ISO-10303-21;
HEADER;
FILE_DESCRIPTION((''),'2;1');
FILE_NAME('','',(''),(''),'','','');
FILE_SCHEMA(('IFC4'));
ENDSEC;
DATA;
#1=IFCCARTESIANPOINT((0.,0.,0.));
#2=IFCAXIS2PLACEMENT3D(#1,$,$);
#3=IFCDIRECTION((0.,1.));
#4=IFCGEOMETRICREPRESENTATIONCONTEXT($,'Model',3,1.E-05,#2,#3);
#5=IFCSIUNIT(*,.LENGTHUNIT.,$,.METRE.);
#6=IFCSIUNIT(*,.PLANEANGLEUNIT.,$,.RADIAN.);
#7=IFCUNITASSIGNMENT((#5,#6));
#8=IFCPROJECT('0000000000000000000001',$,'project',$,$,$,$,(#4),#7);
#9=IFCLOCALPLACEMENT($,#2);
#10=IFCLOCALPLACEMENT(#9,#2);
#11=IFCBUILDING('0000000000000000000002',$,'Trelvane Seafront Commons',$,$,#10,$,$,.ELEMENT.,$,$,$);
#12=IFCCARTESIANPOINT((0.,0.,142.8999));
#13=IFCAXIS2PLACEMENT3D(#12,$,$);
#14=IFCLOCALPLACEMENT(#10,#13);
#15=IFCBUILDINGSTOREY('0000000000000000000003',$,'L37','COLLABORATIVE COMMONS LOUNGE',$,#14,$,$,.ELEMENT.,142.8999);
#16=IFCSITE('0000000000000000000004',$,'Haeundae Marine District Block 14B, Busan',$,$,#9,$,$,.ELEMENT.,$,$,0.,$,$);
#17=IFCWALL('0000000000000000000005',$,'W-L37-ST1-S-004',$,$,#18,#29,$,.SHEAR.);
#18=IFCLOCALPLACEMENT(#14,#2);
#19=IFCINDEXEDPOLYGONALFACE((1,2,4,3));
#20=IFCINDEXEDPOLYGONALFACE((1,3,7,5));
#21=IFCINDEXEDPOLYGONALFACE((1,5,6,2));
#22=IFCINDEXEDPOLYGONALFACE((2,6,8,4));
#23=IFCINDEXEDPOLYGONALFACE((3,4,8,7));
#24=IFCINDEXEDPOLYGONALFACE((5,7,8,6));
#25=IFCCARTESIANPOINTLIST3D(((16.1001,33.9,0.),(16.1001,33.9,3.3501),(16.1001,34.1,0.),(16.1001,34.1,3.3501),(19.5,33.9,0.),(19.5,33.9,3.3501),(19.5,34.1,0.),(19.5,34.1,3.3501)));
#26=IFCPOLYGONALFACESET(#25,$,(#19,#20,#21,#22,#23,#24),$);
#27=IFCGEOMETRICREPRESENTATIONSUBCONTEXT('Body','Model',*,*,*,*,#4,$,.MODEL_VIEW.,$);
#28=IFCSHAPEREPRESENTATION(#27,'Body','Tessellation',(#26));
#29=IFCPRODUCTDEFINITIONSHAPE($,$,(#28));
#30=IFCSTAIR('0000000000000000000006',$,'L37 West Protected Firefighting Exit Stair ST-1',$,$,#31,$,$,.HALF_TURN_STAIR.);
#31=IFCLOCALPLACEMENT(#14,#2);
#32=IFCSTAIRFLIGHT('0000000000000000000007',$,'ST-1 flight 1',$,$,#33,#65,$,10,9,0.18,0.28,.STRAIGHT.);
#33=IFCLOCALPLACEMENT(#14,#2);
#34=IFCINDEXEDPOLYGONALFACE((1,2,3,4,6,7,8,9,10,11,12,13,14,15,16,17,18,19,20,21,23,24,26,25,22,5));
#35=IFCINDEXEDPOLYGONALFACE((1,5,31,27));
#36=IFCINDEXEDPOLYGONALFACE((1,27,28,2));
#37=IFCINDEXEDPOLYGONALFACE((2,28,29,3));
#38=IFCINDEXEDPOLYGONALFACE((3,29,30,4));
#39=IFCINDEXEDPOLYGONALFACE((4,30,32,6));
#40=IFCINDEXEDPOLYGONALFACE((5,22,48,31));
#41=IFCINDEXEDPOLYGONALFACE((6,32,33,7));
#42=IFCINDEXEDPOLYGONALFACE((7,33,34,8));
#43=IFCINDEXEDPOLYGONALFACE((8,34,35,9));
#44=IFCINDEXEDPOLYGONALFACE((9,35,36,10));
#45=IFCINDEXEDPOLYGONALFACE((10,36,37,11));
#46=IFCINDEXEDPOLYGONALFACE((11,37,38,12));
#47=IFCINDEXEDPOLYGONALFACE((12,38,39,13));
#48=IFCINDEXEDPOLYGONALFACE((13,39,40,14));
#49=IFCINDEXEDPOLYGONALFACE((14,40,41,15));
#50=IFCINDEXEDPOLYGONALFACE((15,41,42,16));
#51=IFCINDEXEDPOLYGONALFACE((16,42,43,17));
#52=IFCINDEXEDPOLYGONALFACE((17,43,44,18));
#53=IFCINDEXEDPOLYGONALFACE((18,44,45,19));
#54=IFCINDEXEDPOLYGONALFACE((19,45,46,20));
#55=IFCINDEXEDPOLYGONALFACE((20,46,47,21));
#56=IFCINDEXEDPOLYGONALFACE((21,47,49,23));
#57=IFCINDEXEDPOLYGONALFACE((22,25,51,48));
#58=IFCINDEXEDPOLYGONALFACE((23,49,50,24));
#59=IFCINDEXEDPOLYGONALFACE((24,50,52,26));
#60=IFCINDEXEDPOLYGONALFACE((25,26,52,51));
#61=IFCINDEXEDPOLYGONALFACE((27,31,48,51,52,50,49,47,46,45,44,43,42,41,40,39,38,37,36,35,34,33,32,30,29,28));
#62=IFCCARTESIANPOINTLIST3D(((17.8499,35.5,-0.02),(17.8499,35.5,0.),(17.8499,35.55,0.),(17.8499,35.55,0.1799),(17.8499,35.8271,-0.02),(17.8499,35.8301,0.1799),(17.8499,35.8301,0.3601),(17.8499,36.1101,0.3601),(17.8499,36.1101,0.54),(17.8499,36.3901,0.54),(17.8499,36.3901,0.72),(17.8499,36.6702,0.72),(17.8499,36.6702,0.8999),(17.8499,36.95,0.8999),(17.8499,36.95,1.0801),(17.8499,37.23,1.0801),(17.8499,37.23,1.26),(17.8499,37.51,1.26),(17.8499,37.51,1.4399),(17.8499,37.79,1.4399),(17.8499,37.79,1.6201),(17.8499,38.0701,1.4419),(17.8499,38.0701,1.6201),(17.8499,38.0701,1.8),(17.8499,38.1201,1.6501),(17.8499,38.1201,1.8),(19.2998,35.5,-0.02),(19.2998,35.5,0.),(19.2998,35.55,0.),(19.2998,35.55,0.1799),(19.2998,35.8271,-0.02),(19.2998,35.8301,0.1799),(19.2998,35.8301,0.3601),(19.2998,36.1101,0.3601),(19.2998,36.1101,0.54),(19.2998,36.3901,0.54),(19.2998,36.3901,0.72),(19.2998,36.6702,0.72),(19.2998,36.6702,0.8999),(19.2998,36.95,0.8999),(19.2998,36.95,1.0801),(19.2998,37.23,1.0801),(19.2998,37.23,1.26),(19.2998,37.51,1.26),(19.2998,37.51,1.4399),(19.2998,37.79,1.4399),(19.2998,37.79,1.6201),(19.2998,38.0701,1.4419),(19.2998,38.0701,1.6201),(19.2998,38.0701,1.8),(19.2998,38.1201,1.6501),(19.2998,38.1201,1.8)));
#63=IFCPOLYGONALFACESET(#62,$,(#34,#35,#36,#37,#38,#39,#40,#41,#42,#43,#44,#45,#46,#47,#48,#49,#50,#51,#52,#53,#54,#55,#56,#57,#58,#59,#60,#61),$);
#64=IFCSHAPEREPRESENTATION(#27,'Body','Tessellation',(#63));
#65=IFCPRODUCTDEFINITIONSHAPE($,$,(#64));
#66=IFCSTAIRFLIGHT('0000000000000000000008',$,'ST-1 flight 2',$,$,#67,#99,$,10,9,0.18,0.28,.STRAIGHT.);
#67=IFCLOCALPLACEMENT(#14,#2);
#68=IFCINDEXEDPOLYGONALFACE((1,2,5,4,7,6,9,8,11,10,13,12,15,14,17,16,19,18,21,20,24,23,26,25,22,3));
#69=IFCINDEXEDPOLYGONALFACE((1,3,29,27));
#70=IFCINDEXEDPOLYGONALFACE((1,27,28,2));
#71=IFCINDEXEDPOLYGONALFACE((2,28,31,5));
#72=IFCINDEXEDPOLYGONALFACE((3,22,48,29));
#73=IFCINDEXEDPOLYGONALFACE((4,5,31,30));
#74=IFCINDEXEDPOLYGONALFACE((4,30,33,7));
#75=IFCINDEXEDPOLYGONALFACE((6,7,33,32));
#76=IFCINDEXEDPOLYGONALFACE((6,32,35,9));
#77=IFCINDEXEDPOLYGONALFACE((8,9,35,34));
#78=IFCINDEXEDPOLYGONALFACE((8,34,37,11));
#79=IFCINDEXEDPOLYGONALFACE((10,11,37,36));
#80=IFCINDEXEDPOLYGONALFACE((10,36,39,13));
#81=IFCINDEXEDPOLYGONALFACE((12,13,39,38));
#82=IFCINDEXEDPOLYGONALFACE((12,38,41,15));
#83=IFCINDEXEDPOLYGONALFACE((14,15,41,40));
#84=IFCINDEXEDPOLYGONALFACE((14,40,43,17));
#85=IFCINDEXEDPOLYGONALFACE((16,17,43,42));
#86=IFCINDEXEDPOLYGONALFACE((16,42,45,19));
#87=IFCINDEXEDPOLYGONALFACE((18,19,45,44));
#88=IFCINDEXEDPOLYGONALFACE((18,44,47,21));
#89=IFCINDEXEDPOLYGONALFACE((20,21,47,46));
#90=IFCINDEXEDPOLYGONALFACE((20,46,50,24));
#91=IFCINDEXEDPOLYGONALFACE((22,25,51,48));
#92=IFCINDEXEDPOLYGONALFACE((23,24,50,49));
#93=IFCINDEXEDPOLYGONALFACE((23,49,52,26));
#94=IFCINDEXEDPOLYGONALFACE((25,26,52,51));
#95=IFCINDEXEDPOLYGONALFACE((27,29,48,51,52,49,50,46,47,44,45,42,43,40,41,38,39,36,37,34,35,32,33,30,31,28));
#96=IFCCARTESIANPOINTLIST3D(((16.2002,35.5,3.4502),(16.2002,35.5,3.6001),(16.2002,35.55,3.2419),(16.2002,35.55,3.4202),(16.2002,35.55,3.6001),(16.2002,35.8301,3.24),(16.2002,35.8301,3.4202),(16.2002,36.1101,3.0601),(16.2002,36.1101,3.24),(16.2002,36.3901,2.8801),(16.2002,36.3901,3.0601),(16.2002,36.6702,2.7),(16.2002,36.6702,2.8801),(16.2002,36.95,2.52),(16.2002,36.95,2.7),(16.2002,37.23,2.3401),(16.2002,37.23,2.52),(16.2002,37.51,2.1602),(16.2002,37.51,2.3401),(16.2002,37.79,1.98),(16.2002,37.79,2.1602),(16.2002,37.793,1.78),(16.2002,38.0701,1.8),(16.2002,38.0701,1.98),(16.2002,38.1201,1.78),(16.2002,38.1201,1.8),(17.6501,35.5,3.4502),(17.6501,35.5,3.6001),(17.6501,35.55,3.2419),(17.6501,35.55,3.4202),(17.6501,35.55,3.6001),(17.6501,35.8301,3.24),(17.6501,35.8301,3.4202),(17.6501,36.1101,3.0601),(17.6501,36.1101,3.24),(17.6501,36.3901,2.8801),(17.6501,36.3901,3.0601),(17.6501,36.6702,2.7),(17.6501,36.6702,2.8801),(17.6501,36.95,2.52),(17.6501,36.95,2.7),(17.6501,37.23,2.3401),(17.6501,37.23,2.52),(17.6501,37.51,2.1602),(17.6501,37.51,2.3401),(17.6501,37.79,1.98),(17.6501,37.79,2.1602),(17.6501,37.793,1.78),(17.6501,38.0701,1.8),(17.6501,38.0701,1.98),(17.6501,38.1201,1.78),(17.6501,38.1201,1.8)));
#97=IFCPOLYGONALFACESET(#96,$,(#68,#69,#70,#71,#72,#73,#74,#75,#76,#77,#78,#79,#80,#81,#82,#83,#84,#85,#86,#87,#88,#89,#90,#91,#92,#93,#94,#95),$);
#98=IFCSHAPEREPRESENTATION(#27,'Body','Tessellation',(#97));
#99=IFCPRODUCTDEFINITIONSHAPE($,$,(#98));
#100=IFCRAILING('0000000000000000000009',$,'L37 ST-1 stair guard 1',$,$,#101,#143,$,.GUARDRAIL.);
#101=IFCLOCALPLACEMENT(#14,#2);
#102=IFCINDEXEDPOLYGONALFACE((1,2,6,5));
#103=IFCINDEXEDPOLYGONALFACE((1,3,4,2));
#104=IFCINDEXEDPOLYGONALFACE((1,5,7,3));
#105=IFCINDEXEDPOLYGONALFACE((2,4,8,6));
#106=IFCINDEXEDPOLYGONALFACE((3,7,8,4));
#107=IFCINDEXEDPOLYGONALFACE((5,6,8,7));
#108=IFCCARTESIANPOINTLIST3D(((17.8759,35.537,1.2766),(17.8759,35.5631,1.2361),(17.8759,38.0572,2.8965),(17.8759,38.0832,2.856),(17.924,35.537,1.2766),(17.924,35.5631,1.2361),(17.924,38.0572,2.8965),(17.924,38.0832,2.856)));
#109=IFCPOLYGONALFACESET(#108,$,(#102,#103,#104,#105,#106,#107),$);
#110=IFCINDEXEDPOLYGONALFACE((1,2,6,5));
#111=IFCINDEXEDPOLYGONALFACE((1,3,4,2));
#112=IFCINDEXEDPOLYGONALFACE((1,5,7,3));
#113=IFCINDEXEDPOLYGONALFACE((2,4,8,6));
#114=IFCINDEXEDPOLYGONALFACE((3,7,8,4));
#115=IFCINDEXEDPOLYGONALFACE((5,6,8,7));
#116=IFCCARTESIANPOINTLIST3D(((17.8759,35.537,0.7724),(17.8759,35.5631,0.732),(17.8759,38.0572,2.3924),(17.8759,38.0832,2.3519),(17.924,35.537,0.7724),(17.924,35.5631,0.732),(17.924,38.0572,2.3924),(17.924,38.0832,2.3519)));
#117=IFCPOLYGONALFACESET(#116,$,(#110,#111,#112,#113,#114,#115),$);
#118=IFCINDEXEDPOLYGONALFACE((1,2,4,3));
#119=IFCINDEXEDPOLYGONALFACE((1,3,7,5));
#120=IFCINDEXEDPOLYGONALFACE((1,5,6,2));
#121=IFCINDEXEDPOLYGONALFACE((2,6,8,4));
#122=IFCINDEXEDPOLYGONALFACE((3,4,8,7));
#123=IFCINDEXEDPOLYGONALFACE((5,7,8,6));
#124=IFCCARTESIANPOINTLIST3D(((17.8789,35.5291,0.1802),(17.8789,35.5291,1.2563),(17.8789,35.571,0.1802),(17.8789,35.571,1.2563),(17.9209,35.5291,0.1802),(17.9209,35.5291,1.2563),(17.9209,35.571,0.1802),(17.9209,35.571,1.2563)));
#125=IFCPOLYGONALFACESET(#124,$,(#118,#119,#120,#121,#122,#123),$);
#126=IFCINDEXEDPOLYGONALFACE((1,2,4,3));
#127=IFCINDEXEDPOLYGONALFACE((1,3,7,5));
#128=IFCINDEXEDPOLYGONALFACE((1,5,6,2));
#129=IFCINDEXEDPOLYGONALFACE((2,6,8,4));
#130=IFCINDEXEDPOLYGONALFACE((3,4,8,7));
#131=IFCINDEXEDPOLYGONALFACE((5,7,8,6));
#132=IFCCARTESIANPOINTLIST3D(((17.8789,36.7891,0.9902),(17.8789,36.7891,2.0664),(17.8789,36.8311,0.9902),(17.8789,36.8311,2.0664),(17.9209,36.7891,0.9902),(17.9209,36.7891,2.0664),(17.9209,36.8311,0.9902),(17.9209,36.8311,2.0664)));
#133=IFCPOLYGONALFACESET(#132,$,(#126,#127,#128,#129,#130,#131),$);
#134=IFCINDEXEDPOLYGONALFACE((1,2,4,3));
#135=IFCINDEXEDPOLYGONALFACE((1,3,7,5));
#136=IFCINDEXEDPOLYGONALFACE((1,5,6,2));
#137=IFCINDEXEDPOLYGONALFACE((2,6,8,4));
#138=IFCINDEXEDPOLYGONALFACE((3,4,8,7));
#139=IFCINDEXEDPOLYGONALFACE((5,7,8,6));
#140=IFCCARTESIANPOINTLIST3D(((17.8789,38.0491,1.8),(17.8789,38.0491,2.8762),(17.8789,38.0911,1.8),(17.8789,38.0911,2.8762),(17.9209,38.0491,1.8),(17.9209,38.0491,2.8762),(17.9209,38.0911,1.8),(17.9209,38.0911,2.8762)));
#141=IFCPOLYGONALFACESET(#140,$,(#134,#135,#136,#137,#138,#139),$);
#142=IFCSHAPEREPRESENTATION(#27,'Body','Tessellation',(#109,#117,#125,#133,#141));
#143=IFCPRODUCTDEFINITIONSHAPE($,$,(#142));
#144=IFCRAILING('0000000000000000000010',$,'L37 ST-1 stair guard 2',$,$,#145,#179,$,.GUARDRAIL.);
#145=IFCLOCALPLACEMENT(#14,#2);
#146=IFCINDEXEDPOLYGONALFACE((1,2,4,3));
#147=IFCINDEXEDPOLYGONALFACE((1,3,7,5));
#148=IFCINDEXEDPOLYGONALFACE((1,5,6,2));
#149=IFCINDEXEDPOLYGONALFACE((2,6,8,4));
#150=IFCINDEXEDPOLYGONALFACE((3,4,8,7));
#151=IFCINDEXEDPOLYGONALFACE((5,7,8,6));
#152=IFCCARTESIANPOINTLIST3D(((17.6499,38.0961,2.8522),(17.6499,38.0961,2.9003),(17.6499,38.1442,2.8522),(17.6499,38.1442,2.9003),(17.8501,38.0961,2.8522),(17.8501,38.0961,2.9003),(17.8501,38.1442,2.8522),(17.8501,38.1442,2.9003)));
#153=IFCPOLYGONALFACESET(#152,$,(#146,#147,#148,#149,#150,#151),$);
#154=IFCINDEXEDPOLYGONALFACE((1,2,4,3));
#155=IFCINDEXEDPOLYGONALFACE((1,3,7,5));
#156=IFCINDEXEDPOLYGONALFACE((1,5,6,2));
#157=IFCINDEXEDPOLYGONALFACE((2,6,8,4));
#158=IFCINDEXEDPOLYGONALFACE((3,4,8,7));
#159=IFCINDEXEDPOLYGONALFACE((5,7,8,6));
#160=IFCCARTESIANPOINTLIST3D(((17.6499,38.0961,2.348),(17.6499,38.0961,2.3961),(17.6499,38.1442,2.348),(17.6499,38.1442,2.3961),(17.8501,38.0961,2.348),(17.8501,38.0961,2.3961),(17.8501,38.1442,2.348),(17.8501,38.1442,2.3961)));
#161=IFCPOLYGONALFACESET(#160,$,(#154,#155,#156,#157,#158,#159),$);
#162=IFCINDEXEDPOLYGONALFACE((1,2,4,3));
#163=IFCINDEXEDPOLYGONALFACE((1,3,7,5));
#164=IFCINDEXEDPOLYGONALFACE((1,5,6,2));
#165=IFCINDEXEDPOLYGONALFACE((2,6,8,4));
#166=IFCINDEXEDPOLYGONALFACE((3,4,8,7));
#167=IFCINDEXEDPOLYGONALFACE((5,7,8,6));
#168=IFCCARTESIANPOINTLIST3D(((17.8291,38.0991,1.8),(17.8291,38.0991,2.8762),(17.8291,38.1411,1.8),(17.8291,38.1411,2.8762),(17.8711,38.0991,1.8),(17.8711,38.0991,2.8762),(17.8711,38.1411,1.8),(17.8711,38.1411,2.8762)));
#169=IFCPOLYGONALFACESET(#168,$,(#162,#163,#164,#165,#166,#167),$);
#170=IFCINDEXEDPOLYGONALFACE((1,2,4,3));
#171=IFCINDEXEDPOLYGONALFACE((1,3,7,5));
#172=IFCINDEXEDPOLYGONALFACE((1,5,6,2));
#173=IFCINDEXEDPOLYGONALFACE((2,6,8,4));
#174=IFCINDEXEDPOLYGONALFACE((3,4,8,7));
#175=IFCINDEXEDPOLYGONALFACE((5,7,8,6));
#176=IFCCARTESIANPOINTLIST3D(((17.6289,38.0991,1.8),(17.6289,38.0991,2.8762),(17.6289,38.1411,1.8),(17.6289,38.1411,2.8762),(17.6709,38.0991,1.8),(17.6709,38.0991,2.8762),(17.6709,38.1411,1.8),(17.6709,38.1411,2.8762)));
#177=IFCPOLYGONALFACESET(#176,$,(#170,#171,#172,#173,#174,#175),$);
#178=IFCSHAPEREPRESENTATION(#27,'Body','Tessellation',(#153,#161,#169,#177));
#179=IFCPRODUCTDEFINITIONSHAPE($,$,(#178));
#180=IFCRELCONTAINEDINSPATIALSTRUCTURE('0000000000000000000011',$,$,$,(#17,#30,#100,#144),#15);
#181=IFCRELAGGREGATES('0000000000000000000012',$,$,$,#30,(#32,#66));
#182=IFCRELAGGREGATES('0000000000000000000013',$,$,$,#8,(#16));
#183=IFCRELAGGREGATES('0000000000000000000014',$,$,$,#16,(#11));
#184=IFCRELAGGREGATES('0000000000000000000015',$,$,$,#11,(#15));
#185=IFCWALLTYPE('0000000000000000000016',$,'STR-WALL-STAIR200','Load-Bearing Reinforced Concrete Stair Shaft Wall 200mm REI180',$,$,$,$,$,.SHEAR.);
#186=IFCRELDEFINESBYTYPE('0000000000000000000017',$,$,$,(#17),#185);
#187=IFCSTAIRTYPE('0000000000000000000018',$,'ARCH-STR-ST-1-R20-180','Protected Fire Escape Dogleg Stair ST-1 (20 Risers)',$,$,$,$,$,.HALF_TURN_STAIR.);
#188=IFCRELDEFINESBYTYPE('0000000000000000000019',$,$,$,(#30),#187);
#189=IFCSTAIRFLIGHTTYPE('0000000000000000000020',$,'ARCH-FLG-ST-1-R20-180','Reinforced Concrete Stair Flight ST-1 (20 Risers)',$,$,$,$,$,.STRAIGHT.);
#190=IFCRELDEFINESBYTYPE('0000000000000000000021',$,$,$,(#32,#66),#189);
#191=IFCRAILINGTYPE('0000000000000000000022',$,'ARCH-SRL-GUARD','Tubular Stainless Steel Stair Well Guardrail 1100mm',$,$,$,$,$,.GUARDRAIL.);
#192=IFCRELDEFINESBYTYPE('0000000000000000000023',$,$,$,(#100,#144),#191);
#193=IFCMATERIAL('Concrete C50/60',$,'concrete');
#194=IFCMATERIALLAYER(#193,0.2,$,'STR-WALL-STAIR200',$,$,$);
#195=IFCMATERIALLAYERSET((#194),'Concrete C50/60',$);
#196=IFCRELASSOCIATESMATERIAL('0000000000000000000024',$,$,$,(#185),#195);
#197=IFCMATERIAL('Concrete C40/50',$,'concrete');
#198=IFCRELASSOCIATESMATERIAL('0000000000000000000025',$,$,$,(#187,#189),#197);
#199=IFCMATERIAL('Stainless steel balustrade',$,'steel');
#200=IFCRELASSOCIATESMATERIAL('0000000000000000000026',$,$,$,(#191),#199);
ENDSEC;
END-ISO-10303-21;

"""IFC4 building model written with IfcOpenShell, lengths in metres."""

from ifc_helpers import new_model, si_unit, direction, frame, frame_2d, origin, origin_2d, place, context, subcontext, project, spatial, polyline, rectangle, outline, extrude, source, transform, mapped, material, layer, layer_set, type_object, element, aggregate, save


model = new_model("IFC4")

# Units and contexts
model_context = context("Model", 3, precision=1e-05, world=origin(), true_north=direction((0.0, 1.0)))
body_context = subcontext(model_context, "Body", "Model", "MODEL_VIEW")
ifc_project = project(units=[si_unit("LENGTHUNIT", "METRE"), si_unit("PLANEANGLEUNIT", "RADIAN")], contexts=[model_context])

# Site, building, storey
site_placement = place(None, origin())
site = spatial("IfcSite", under=ifc_project, at=site_placement, Name="Haeundae Marine District Block 14B, Busan", CompositionType="ELEMENT", RefElevation=0.0)
building_placement = place(site_placement, origin())
building = spatial("IfcBuilding", under=site, at=building_placement, Name="Trelvane Seafront Commons", CompositionType="ELEMENT")
storey_placement = place(building_placement, frame((0.0, 0.0, 142.8999)))
storey = spatial("IfcBuildingStorey", under=building, at=storey_placement, Name="L37", Description="COLLABORATIVE COMMONS LOUNGE", CompositionType="ELEMENT", Elevation=142.8999)

# Shared definitions
ifc_material_1 = material(Name="Concrete C50/60", Category="concrete")

# Shared definitions
ifc_material_2 = material(Name="Concrete C40/50", Category="concrete")
ifc_material_3 = material(Name="Stainless steel balustrade", Category="steel")

# Wall
ifc_layer_1 = layer(ifc_material_1, 0.2, Name="STR-WALL-STAIR200")
ifc_layer_set_1 = layer_set([ifc_layer_1], Name="Concrete C50/60")
wall_type_1 = type_object("IfcWallType", Name="STR-WALL-STAIR200", Description="Load-Bearing Reinforced Concrete Stair Shaft Wall 200mm REI180", PredefinedType="SHEAR", material=ifc_layer_set_1)
wall_1_placement = place(storey_placement, frame((16.1001, 34.0, 0.0), z_axis=(0.0, 0.0, 1.0), x_axis=(1.0, 0.0, 0.0)))
element("IfcWall", 1, at=wall_1_placement, inside=storey, type_object=wall_type_1, Name="W-L37-ST1-S-004", PredefinedType="SHEAR", context=body_context, shape_type="SweptSolid", body=[
    extrude(rectangle(XDim=3.3999, YDim=0.2, at=frame_2d((1.7, 0.0))), origin(), (0.0, 0.0, 1.0), 3.3501),
])

# Stair, stair flights
stair_type = type_object("IfcStairType", Name="ARCH-STR-ST-1-R20-180", Description="Protected Fire Escape Dogleg Stair ST-1 (20 Risers)", PredefinedType="HALF_TURN_STAIR", material=ifc_material_2)
stair_placement = place(storey_placement, origin())
stair = element("IfcStair", 2, at=stair_placement, inside=storey, type_object=stair_type, Name="L37 West Protected Firefighting Exit Stair ST-1", PredefinedType="HALF_TURN_STAIR")
stair_flight_type = type_object("IfcStairFlightType", Name="ARCH-FLG-ST-1-R20-180", Description="Reinforced Concrete Stair Flight ST-1 (20 Risers)", PredefinedType="STRAIGHT", material=ifc_material_2)
shared_shape_1 = source(origin(), body_context, "Body", "SweptSolid", [
    extrude(outline(polyline([(-0.05, -0.02), (-0.05, 0.0), (0.0, 0.0), (0.0, 0.1799), (0.28, 0.1799), (0.28, 0.3601), (0.5601, 0.3601), (0.5601, 0.54), (0.8401, 0.54), (0.8401, 0.72), (1.1201, 0.72), (1.1201, 0.8999), (1.3999, 0.8999), (1.3999, 1.0801), (1.6799, 1.0801), (1.6799, 1.26), (1.96, 1.26), (1.96, 1.4399), (2.24, 1.4399), (2.24, 1.6201), (2.52, 1.6201), (2.52, 1.8), (2.5701, 1.8), (2.5701, 1.6501), (2.52, 1.4419), (0.2771, -0.02), (-0.05, -0.02)])), frame((0.0, 0.7251, 0.0), z_axis=(0.0, -1.0, 0.0), x_axis=(1.0, 0.0, 0.0)), (0.0, 0.0, 1.0), 1.45),
])
stair_flight_1_placement = place(storey_placement, frame((18.575, 35.55, 0.0), z_axis=(0.0, 0.0, 1.0), x_axis=(0.0, 1.0, 0.0)))
stair_flight_1 = element("IfcStairFlight", 3, at=stair_flight_1_placement, type_object=stair_flight_type, Name="ST-1 flight 1", NumberOfRisers=10, NumberOfTreads=9, PredefinedType="STRAIGHT", RiserHeight=0.18, TreadLength=0.28, context=body_context, shape_type="MappedRepresentation", body=[
    mapped(shared_shape_1, transform((0.0, 0.0, 0.0), x_axis=(1.0, 0.0, 0.0), y_axis=(0.0, 1.0, 0.0), z_axis=(0.0, 0.0, 1.0), scale=1.0)),
])
stair_flight_2_placement = place(storey_placement, frame((16.925, 38.0701, 1.8), z_axis=(0.0, 0.0, 1.0), x_axis=(0.0, -1.0, 0.0)))
stair_flight_2 = element("IfcStairFlight", 4, at=stair_flight_2_placement, type_object=stair_flight_type, Name="ST-1 flight 2", NumberOfRisers=10, NumberOfTreads=9, PredefinedType="STRAIGHT", RiserHeight=0.18, TreadLength=0.28, context=body_context, shape_type="MappedRepresentation", body=[
    mapped(shared_shape_1, transform((0.0, 0.0, 0.0), x_axis=(1.0, 0.0, 0.0), y_axis=(0.0, 1.0, 0.0), z_axis=(0.0, 0.0, 1.0), scale=1.0)),
])
aggregate(stair, [stair_flight_1, stair_flight_2])

# Railings
railing_type_1 = type_object("IfcRailingType", Name="ARCH-SRL-GUARD", Description="Tubular Stainless Steel Stair Well Guardrail 1100mm", PredefinedType="GUARDRAIL", material=ifc_material_3)
railing_1_placement = place(storey_placement, frame((17.8999, 35.55, 0.1802)))
element("IfcRailing", 5, at=railing_1_placement, inside=storey, type_object=railing_type_1, Name="L37 ST-1 stair guard 1", PredefinedType="GUARDRAIL", context=body_context, shape_type="SweptSolid", body=[
    extrude(rectangle(XDim=0.0481, YDim=0.0481, at=origin_2d()), frame((0.0, 0.0, 1.0762), z_axis=(0.0, 0.8412, 0.540725), x_axis=(-1.0, 0.0, 0.0)), (0.0, 0.0, 1.0), 2.9958),
    extrude(rectangle(XDim=0.0481, YDim=0.0481, at=origin_2d()), frame((0.0, 0.0, 0.572), z_axis=(0.0, 0.8412, 0.540725), x_axis=(-1.0, 0.0, 0.0)), (0.0, 0.0, 1.0), 2.9958),
    extrude(rectangle(XDim=0.042, YDim=0.042, at=origin_2d()), origin(), (0.0, 0.0, 1.0), 1.0762),
    extrude(rectangle(XDim=0.042, YDim=0.042, at=origin_2d()), frame((0.0, 1.26, 0.8101)), (0.0, 0.0, 1.0), 1.0762),
    extrude(rectangle(XDim=0.042, YDim=0.042, at=origin_2d()), frame((0.0, 2.52, 1.6199)), (0.0, 0.0, 1.0), 1.0762),
])
railing_2_placement = place(storey_placement, frame((17.8501, 38.1201, 1.8)))
element("IfcRailing", 6, at=railing_2_placement, inside=storey, type_object=railing_type_1, Name="L37 ST-1 stair guard 2", PredefinedType="GUARDRAIL", context=body_context, shape_type="SweptSolid", body=[
    extrude(rectangle(XDim=0.0481, YDim=0.0481, at=origin_2d()), frame((0.0, 0.0, 1.0762), z_axis=(-1.0, 0.0, 0.0), x_axis=(0.0, -1.0, 0.0)), (0.0, 0.0, 1.0), 0.2002),
    extrude(rectangle(XDim=0.0481, YDim=0.0481, at=origin_2d()), frame((0.0, 0.0, 0.572), z_axis=(-1.0, 0.0, 0.0), x_axis=(0.0, -1.0, 0.0)), (0.0, 0.0, 1.0), 0.2002),
    extrude(rectangle(XDim=0.042, YDim=0.042, at=origin_2d()), origin(), (0.0, 0.0, 1.0), 1.0762),
    extrude(rectangle(XDim=0.042, YDim=0.042, at=origin_2d()), frame((-0.2002, 0.0, 0.0)), (0.0, 0.0, 1.0), 1.0762),
])

save(model, "model.ifc")
